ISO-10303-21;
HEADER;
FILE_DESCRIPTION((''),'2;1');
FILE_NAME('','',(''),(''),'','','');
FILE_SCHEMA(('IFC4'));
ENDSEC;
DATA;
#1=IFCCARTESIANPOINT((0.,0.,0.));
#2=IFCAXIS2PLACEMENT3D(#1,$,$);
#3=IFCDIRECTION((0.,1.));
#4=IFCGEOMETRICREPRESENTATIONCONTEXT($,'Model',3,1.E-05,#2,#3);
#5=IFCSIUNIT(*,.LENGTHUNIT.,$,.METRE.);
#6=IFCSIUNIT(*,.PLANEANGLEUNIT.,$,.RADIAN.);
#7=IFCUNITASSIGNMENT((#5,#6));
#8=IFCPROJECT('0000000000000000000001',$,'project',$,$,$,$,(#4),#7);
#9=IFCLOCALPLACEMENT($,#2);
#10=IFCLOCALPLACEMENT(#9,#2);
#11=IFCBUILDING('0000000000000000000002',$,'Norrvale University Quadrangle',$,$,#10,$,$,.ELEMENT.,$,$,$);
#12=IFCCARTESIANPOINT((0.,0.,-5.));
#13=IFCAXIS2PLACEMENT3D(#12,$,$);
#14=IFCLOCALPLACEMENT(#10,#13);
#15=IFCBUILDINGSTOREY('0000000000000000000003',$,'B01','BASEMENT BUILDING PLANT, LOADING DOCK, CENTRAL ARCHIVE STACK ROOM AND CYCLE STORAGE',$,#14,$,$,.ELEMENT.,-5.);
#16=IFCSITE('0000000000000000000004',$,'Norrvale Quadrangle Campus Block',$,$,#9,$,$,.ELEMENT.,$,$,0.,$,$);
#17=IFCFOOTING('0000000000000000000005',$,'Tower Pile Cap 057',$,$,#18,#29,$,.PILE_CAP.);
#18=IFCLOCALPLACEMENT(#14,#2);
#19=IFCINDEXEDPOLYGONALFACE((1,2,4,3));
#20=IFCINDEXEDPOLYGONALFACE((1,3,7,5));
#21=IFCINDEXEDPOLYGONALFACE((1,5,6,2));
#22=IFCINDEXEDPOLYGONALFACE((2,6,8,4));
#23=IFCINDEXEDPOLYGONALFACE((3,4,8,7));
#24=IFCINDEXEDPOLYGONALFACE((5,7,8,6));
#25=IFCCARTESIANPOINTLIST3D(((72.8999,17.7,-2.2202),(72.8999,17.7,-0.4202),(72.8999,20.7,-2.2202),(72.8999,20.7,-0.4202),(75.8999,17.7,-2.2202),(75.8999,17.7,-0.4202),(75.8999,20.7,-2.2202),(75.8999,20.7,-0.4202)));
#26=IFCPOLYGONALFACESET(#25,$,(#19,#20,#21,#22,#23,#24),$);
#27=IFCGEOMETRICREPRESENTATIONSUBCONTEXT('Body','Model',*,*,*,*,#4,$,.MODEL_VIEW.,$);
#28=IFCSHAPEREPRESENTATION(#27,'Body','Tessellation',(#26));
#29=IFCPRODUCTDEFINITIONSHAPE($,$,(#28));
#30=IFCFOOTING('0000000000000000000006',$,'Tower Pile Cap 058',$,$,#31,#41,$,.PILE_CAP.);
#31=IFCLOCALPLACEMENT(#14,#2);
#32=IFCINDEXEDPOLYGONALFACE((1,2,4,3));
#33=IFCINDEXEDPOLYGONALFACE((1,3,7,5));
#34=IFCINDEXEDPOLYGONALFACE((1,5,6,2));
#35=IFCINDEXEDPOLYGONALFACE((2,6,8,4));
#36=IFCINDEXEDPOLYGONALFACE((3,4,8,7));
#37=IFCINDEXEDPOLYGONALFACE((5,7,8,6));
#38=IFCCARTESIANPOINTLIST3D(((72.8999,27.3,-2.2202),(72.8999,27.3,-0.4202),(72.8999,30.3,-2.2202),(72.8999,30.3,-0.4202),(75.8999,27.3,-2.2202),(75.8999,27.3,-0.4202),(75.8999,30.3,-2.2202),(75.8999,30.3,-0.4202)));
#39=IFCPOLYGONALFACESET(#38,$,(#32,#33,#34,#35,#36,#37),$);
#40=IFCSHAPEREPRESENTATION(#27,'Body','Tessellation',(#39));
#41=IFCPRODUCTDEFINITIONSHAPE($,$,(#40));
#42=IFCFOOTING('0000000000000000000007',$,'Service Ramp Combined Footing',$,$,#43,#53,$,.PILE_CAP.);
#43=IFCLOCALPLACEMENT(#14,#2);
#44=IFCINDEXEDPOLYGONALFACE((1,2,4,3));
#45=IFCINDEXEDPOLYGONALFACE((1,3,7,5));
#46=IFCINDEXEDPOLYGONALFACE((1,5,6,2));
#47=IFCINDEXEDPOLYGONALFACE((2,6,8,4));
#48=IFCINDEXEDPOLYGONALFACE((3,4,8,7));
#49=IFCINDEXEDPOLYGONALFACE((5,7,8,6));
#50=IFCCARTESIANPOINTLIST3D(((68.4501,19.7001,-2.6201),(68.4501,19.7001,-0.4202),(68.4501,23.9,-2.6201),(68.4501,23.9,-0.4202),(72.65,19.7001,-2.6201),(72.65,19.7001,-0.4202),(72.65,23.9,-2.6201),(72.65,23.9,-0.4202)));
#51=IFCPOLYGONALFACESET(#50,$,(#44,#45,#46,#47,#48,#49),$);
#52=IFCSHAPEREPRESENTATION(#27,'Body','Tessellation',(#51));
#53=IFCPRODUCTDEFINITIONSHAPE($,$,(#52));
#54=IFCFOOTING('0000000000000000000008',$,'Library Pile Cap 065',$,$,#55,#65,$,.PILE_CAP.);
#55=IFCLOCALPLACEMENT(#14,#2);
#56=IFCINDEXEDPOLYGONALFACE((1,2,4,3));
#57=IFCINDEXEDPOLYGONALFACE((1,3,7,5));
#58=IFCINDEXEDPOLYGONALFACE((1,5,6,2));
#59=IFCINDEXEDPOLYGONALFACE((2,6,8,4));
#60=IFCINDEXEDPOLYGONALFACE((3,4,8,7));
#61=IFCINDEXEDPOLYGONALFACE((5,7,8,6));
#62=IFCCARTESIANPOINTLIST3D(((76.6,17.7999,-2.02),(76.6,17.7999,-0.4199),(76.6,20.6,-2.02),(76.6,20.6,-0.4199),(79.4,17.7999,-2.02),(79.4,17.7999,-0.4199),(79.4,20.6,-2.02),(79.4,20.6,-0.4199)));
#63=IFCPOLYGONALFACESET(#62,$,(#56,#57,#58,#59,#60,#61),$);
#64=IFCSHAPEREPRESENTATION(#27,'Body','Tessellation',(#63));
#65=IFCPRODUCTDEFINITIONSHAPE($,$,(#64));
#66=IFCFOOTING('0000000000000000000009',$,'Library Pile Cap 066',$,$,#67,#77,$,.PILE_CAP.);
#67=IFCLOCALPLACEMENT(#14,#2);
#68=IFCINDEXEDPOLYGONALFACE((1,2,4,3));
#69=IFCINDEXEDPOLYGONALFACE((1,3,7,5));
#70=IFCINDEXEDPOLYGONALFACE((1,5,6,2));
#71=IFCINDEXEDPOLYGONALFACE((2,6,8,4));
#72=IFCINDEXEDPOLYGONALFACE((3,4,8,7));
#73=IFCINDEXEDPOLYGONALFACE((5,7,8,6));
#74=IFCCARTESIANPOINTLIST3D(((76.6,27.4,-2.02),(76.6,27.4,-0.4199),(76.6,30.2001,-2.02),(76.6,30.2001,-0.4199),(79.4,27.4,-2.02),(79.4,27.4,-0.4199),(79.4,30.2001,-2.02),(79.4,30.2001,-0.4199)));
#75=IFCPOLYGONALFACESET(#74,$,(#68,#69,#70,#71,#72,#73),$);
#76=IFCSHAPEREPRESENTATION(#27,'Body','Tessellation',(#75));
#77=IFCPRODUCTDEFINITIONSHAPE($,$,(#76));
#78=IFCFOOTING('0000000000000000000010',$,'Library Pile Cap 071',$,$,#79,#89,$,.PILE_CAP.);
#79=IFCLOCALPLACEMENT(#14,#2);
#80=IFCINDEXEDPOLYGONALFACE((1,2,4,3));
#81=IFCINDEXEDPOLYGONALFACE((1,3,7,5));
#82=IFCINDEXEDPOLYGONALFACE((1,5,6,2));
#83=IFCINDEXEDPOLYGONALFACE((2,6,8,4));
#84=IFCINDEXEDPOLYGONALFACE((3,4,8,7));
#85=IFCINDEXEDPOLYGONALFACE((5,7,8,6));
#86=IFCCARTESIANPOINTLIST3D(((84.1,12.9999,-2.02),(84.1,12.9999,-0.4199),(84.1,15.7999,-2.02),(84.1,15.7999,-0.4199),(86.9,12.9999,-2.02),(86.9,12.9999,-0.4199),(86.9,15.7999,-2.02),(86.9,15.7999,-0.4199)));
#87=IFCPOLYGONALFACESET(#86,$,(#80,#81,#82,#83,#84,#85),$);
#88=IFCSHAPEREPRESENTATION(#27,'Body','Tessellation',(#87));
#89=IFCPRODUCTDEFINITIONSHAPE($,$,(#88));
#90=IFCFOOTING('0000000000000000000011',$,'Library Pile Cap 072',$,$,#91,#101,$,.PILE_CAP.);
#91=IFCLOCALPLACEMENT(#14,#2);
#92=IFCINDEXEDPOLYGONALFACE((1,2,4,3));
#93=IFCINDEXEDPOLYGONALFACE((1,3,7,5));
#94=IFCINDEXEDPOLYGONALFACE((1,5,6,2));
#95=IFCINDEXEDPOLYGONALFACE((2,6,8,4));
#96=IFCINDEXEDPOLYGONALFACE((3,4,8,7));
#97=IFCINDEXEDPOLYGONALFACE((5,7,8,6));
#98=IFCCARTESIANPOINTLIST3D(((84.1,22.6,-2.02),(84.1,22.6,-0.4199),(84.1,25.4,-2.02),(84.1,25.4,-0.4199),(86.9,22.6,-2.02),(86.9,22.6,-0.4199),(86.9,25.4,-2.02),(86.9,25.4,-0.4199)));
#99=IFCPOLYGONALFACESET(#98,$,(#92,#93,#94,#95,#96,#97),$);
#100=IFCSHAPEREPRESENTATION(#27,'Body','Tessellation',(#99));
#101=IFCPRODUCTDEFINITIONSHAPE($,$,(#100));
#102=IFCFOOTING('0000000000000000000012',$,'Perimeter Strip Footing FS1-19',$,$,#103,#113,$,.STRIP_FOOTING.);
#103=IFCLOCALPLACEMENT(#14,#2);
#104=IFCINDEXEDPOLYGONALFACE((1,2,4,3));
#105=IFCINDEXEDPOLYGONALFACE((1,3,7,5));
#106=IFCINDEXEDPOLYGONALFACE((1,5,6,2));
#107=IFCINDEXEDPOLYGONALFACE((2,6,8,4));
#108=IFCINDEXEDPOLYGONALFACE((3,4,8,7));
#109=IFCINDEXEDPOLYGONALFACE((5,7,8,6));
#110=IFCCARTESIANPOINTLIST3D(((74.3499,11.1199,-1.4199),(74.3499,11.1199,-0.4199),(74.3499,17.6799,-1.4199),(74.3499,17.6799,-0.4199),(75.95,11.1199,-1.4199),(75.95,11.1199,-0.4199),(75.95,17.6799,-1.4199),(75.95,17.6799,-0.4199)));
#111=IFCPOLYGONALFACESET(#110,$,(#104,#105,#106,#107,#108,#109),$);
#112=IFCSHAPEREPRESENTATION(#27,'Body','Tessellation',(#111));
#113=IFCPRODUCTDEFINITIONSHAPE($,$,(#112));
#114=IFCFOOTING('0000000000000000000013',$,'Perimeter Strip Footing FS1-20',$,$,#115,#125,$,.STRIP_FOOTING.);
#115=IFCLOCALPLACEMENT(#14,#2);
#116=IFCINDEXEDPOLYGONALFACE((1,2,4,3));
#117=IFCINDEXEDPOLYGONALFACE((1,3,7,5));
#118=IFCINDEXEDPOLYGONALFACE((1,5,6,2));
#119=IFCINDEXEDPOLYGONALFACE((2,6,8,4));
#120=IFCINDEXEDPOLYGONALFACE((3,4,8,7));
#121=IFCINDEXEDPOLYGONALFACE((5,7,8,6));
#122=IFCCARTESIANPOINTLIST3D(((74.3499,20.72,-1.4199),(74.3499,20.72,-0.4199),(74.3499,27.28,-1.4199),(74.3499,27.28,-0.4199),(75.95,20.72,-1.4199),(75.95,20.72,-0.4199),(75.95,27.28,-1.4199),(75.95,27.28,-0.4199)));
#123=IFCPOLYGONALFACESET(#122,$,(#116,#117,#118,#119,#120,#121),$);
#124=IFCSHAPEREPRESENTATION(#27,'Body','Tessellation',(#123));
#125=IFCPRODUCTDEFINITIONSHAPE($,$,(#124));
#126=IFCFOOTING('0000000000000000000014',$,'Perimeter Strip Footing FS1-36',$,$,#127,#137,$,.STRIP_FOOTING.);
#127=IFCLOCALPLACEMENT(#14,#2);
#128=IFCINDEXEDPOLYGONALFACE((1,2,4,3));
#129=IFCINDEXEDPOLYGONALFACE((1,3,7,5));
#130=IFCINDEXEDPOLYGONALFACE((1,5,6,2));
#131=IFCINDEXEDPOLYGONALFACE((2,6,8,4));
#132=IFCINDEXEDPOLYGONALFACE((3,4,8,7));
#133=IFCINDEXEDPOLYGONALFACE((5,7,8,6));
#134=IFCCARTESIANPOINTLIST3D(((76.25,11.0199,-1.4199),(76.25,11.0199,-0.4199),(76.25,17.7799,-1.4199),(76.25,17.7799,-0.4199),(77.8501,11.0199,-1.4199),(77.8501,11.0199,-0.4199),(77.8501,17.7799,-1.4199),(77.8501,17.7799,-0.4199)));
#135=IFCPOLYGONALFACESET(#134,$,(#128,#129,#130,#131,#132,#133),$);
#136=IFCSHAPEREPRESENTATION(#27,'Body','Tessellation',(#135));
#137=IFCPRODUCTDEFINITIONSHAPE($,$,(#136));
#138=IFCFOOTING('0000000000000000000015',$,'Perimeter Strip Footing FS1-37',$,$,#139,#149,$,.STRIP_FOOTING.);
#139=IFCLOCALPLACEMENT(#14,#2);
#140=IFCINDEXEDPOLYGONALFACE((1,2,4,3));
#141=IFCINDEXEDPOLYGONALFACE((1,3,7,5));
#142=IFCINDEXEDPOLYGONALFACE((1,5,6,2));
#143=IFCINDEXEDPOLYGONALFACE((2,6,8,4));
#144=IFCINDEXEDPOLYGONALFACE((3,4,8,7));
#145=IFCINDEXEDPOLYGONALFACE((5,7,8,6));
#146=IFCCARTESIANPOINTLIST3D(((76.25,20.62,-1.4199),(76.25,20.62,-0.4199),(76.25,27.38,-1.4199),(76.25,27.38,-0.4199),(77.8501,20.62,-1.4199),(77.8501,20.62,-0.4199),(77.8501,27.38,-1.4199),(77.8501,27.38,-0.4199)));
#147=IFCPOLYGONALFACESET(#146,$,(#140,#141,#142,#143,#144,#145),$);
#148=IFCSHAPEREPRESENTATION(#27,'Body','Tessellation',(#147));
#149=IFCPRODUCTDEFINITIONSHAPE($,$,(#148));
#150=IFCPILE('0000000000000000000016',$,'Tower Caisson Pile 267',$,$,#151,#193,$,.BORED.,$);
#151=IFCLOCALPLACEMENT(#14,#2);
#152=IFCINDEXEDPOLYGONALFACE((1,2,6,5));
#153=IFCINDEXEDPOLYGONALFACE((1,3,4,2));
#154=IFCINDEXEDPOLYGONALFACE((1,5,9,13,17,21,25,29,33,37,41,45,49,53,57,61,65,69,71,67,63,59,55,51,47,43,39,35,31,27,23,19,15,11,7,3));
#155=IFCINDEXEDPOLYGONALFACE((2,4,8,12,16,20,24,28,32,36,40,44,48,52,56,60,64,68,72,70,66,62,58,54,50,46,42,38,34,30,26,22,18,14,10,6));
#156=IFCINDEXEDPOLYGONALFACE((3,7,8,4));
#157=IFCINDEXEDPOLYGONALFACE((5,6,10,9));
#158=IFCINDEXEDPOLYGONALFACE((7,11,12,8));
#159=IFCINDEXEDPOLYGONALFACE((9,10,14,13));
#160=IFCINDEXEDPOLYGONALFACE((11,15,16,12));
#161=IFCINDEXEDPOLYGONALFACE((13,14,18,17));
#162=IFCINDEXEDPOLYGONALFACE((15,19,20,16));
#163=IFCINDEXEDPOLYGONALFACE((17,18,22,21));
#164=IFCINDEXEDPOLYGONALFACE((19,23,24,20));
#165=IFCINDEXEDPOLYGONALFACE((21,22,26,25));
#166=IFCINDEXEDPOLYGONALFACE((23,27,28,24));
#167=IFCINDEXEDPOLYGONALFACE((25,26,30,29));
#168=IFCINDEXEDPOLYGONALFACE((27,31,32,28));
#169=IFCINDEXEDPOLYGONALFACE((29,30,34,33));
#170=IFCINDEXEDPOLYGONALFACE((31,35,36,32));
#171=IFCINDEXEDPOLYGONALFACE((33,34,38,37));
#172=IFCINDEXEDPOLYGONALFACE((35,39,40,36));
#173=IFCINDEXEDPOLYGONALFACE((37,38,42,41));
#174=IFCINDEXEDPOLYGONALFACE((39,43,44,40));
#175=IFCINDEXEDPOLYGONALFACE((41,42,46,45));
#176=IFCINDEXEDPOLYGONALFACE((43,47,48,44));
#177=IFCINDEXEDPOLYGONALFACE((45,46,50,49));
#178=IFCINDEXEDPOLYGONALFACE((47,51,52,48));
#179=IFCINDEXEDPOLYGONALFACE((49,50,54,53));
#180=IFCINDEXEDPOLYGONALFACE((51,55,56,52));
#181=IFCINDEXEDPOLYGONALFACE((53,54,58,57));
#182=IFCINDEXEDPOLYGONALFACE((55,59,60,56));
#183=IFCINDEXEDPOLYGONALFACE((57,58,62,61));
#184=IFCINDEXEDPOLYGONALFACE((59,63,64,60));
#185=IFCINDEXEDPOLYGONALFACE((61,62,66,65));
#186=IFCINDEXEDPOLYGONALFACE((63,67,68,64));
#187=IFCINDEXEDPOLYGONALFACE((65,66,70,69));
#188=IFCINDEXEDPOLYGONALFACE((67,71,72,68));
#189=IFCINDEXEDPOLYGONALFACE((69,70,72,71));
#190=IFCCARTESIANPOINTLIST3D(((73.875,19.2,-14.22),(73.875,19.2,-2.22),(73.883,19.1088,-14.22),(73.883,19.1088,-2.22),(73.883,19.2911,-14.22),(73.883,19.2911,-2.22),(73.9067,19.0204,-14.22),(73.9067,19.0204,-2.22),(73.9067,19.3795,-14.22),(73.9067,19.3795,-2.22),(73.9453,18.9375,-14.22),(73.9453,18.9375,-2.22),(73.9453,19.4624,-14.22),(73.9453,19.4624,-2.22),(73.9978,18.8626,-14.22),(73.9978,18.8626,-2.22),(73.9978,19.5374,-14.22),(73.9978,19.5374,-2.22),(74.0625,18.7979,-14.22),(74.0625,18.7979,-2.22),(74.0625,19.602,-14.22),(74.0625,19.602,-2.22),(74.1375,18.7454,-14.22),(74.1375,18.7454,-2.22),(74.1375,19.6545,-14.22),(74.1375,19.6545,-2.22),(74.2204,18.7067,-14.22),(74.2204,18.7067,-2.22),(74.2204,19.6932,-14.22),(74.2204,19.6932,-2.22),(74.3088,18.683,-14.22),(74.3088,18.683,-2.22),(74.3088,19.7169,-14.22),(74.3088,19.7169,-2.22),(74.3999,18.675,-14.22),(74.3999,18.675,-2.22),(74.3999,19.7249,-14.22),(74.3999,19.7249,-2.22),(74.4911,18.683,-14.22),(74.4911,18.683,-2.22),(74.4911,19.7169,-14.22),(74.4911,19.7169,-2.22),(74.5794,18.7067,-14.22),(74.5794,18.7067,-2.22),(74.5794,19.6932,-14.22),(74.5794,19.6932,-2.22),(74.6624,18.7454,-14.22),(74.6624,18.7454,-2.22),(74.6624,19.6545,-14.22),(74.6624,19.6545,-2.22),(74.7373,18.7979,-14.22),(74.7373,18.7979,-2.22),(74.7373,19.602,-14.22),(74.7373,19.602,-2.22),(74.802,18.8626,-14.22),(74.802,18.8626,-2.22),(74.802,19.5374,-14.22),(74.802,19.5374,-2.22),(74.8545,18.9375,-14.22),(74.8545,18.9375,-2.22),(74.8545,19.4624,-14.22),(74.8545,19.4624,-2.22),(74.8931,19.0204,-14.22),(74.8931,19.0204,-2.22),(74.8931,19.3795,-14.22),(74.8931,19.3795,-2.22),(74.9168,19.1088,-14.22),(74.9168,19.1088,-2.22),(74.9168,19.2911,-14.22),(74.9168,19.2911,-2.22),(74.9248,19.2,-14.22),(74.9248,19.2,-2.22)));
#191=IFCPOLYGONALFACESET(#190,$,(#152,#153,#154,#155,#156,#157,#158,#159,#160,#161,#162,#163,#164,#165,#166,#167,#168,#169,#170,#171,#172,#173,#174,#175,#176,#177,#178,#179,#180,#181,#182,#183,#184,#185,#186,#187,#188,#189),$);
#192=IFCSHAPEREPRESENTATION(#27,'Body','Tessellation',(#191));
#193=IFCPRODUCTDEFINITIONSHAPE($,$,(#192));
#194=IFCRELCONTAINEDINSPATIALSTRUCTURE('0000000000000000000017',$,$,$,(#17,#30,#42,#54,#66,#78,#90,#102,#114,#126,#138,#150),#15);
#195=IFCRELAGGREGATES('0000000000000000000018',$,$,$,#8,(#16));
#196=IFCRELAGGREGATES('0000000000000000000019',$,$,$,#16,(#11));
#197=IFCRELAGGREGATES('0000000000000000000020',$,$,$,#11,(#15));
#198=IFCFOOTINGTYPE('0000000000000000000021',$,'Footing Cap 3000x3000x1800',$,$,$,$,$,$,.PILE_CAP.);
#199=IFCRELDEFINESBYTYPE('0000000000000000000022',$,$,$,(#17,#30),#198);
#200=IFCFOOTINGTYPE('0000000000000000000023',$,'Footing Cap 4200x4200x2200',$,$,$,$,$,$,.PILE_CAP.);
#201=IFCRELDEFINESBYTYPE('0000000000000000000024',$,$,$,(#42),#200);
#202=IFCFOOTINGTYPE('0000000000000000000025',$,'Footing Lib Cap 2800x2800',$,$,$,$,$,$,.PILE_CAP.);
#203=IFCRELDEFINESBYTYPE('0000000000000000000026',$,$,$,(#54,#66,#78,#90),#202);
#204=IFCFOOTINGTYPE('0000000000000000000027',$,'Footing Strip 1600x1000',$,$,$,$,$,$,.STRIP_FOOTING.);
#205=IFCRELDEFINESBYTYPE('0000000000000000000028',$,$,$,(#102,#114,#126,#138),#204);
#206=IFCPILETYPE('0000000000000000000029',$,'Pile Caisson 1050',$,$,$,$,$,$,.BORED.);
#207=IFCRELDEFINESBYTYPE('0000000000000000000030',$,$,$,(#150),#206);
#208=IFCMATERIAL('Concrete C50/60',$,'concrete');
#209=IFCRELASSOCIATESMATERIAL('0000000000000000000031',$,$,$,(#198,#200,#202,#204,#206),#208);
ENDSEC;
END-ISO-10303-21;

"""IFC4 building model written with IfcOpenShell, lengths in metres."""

from ifc_helpers import new_model, si_unit, direction, frame, origin, origin_2d, place, context, subcontext, project, spatial, rectangle, circle, extrude, material, material_profile, profile_set, type_object, element, save


model = new_model("IFC4")

# Units and contexts
model_context = context("Model", 3, precision=1e-05, world=origin(), true_north=direction((0.0, 1.0)))
body_context = subcontext(model_context, "Body", "Model", "MODEL_VIEW")
ifc_project = project(units=[si_unit("LENGTHUNIT", "METRE"), si_unit("PLANEANGLEUNIT", "RADIAN")], contexts=[model_context])

# Site, building, storey
site_placement = place(None, origin())
site = spatial("IfcSite", under=ifc_project, at=site_placement, Name="Norrvale Quadrangle Campus Block", CompositionType="ELEMENT", RefElevation=0.0)
building_placement = place(site_placement, origin())
building = spatial("IfcBuilding", under=site, at=building_placement, Name="Norrvale University Quadrangle", CompositionType="ELEMENT")
storey_placement = place(building_placement, frame((0.0, 0.0, -5.0)))
storey = spatial("IfcBuildingStorey", under=building, at=storey_placement, Name="B01", Description="BASEMENT BUILDING PLANT, LOADING DOCK, CENTRAL ARCHIVE STACK ROOM AND CYCLE STORAGE", CompositionType="ELEMENT", Elevation=-5.0)

# Footings
ifc_material_1 = material(Name="Concrete C50/60", Category="concrete")
footing_type_1 = type_object("IfcFootingType", Name="Footing Cap 3000x3000x1800", PredefinedType="PILE_CAP", material=ifc_material_1)
for number, where, z_axis, x_axis, name in (
    (1, (74.3999, 19.2, -2.2202), (0.0, 0.0, 1.0), (1.0, 0.0, 0.0), "Tower Pile Cap 057"),
    (2, (74.3999, 28.8, -2.2202), (0.0, 0.0, 1.0), (1.0, 0.0, 0.0), "Tower Pile Cap 058"),
):
    element("IfcFooting", number, at=place(storey_placement, frame(where, z_axis=z_axis, x_axis=x_axis)), inside=storey, type_object=footing_type_1, Name=name, PredefinedType="PILE_CAP", context=body_context, shape_type="SweptSolid", body=[
        extrude(rectangle(XDim=3.0, YDim=3.0, at=origin_2d()), origin(), (0.0, 0.0, 1.0), 1.8),
    ])
footing_type_2 = type_object("IfcFootingType", Name="Footing Cap 4200x4200x2200", PredefinedType="PILE_CAP", material=ifc_material_1)
footing_placement = place(storey_placement, frame((70.55, 21.8, -2.6201), z_axis=(0.0, 0.0, 1.0), x_axis=(1.0, 0.0, 0.0)))
element("IfcFooting", 3, at=footing_placement, inside=storey, type_object=footing_type_2, Name="Service Ramp Combined Footing", PredefinedType="PILE_CAP", context=body_context, shape_type="SweptSolid", body=[
    extrude(rectangle(XDim=4.2, YDim=4.2, at=origin_2d()), origin(), (0.0, 0.0, 1.0), 2.2),
])
footing_type_3 = type_object("IfcFootingType", Name="Footing Lib Cap 2800x2800", PredefinedType="PILE_CAP", material=ifc_material_1)
for number, where, z_axis, x_axis, name in (
    (4, (78.0, 19.2, -2.02), (0.0, 0.0, 1.0), (1.0, 0.0, 0.0), "Library Pile Cap 065"),
    (5, (78.0, 28.8, -2.02), (0.0, 0.0, 1.0), (1.0, 0.0, 0.0), "Library Pile Cap 066"),
    (6, (85.5, 14.3999, -2.02), (0.0, 0.0, 1.0), (1.0, 0.0, 0.0), "Library Pile Cap 071"),
    (7, (85.5, 24.0, -2.02), (0.0, 0.0, 1.0), (1.0, 0.0, 0.0), "Library Pile Cap 072"),
):
    element("IfcFooting", number, at=place(storey_placement, frame(where, z_axis=z_axis, x_axis=x_axis)), inside=storey, type_object=footing_type_3, Name=name, PredefinedType="PILE_CAP", context=body_context, shape_type="SweptSolid", body=[
        extrude(rectangle(XDim=2.8, YDim=2.8, at=origin_2d()), origin(), (0.0, 0.0, 1.0), 1.6001),
    ])
footing_type_4 = type_object("IfcFootingType", Name="Footing Strip 1600x1000", PredefinedType="STRIP_FOOTING", material=ifc_material_1)
for number, where, z_axis, x_axis, name in (
    (8, (75.1499, 14.3999, -1.4199), (0.0, 0.0, 1.0), (0.0, 1.0, 0.0), "Perimeter Strip Footing FS1-19"),
    (9, (75.1499, 24.0, -1.4199), (0.0, 0.0, 1.0), (0.0, 1.0, 0.0), "Perimeter Strip Footing FS1-20"),
):
    element("IfcFooting", number, at=place(storey_placement, frame(where, z_axis=z_axis, x_axis=x_axis)), inside=storey, type_object=footing_type_4, Name=name, PredefinedType="STRIP_FOOTING", context=body_context, shape_type="SweptSolid", body=[
        extrude(rectangle(XDim=6.5601, YDim=1.6001, at=origin_2d()), origin(), (0.0, 0.0, 1.0), 1.0),
    ])
for number, where, z_axis, x_axis, name in (
    (10, (77.05, 14.3999, -1.4199), (0.0, 0.0, 1.0), (0.0, 1.0, 0.0), "Perimeter Strip Footing FS1-36"),
    (11, (77.05, 24.0, -1.4199), (0.0, 0.0, 1.0), (0.0, 1.0, 0.0), "Perimeter Strip Footing FS1-37"),
):
    element("IfcFooting", number, at=place(storey_placement, frame(where, z_axis=z_axis, x_axis=x_axis)), inside=storey, type_object=footing_type_4, Name=name, PredefinedType="STRIP_FOOTING", context=body_context, shape_type="SweptSolid", body=[
        extrude(rectangle(XDim=6.76, YDim=1.6001, at=origin_2d()), origin(), (0.0, 0.0, 1.0), 1.0),
    ])

# Pile
ifc_material_profile_1 = material_profile(ifc_material_1, circle(Radius=0.5249, at=origin_2d()), Name="Concrete C50/60")
ifc_profile_set_1 = profile_set([ifc_material_profile_1], Name="Concrete C50/60")
pile_type_1 = type_object("IfcPileType", Name="Pile Caisson 1050", PredefinedType="BORED", material=ifc_profile_set_1)
for number, where, z_axis, x_axis, name in (
    (12, (74.3999, 19.2, -2.22), (0.0, 0.0, -1.0), (1.0, 0.0, 0.0), "Tower Caisson Pile 267"),
):
    element("IfcPile", number, at=place(storey_placement, frame(where, z_axis=z_axis, x_axis=x_axis)), inside=storey, type_object=pile_type_1, Name=name, PredefinedType="BORED", context=body_context, shape_type="SweptSolid", body=[
        extrude(circle(Radius=0.5249, at=origin_2d()), origin(), (0.0, 0.0, 1.0), 12.0),
    ])

save(model, "model.ifc")
